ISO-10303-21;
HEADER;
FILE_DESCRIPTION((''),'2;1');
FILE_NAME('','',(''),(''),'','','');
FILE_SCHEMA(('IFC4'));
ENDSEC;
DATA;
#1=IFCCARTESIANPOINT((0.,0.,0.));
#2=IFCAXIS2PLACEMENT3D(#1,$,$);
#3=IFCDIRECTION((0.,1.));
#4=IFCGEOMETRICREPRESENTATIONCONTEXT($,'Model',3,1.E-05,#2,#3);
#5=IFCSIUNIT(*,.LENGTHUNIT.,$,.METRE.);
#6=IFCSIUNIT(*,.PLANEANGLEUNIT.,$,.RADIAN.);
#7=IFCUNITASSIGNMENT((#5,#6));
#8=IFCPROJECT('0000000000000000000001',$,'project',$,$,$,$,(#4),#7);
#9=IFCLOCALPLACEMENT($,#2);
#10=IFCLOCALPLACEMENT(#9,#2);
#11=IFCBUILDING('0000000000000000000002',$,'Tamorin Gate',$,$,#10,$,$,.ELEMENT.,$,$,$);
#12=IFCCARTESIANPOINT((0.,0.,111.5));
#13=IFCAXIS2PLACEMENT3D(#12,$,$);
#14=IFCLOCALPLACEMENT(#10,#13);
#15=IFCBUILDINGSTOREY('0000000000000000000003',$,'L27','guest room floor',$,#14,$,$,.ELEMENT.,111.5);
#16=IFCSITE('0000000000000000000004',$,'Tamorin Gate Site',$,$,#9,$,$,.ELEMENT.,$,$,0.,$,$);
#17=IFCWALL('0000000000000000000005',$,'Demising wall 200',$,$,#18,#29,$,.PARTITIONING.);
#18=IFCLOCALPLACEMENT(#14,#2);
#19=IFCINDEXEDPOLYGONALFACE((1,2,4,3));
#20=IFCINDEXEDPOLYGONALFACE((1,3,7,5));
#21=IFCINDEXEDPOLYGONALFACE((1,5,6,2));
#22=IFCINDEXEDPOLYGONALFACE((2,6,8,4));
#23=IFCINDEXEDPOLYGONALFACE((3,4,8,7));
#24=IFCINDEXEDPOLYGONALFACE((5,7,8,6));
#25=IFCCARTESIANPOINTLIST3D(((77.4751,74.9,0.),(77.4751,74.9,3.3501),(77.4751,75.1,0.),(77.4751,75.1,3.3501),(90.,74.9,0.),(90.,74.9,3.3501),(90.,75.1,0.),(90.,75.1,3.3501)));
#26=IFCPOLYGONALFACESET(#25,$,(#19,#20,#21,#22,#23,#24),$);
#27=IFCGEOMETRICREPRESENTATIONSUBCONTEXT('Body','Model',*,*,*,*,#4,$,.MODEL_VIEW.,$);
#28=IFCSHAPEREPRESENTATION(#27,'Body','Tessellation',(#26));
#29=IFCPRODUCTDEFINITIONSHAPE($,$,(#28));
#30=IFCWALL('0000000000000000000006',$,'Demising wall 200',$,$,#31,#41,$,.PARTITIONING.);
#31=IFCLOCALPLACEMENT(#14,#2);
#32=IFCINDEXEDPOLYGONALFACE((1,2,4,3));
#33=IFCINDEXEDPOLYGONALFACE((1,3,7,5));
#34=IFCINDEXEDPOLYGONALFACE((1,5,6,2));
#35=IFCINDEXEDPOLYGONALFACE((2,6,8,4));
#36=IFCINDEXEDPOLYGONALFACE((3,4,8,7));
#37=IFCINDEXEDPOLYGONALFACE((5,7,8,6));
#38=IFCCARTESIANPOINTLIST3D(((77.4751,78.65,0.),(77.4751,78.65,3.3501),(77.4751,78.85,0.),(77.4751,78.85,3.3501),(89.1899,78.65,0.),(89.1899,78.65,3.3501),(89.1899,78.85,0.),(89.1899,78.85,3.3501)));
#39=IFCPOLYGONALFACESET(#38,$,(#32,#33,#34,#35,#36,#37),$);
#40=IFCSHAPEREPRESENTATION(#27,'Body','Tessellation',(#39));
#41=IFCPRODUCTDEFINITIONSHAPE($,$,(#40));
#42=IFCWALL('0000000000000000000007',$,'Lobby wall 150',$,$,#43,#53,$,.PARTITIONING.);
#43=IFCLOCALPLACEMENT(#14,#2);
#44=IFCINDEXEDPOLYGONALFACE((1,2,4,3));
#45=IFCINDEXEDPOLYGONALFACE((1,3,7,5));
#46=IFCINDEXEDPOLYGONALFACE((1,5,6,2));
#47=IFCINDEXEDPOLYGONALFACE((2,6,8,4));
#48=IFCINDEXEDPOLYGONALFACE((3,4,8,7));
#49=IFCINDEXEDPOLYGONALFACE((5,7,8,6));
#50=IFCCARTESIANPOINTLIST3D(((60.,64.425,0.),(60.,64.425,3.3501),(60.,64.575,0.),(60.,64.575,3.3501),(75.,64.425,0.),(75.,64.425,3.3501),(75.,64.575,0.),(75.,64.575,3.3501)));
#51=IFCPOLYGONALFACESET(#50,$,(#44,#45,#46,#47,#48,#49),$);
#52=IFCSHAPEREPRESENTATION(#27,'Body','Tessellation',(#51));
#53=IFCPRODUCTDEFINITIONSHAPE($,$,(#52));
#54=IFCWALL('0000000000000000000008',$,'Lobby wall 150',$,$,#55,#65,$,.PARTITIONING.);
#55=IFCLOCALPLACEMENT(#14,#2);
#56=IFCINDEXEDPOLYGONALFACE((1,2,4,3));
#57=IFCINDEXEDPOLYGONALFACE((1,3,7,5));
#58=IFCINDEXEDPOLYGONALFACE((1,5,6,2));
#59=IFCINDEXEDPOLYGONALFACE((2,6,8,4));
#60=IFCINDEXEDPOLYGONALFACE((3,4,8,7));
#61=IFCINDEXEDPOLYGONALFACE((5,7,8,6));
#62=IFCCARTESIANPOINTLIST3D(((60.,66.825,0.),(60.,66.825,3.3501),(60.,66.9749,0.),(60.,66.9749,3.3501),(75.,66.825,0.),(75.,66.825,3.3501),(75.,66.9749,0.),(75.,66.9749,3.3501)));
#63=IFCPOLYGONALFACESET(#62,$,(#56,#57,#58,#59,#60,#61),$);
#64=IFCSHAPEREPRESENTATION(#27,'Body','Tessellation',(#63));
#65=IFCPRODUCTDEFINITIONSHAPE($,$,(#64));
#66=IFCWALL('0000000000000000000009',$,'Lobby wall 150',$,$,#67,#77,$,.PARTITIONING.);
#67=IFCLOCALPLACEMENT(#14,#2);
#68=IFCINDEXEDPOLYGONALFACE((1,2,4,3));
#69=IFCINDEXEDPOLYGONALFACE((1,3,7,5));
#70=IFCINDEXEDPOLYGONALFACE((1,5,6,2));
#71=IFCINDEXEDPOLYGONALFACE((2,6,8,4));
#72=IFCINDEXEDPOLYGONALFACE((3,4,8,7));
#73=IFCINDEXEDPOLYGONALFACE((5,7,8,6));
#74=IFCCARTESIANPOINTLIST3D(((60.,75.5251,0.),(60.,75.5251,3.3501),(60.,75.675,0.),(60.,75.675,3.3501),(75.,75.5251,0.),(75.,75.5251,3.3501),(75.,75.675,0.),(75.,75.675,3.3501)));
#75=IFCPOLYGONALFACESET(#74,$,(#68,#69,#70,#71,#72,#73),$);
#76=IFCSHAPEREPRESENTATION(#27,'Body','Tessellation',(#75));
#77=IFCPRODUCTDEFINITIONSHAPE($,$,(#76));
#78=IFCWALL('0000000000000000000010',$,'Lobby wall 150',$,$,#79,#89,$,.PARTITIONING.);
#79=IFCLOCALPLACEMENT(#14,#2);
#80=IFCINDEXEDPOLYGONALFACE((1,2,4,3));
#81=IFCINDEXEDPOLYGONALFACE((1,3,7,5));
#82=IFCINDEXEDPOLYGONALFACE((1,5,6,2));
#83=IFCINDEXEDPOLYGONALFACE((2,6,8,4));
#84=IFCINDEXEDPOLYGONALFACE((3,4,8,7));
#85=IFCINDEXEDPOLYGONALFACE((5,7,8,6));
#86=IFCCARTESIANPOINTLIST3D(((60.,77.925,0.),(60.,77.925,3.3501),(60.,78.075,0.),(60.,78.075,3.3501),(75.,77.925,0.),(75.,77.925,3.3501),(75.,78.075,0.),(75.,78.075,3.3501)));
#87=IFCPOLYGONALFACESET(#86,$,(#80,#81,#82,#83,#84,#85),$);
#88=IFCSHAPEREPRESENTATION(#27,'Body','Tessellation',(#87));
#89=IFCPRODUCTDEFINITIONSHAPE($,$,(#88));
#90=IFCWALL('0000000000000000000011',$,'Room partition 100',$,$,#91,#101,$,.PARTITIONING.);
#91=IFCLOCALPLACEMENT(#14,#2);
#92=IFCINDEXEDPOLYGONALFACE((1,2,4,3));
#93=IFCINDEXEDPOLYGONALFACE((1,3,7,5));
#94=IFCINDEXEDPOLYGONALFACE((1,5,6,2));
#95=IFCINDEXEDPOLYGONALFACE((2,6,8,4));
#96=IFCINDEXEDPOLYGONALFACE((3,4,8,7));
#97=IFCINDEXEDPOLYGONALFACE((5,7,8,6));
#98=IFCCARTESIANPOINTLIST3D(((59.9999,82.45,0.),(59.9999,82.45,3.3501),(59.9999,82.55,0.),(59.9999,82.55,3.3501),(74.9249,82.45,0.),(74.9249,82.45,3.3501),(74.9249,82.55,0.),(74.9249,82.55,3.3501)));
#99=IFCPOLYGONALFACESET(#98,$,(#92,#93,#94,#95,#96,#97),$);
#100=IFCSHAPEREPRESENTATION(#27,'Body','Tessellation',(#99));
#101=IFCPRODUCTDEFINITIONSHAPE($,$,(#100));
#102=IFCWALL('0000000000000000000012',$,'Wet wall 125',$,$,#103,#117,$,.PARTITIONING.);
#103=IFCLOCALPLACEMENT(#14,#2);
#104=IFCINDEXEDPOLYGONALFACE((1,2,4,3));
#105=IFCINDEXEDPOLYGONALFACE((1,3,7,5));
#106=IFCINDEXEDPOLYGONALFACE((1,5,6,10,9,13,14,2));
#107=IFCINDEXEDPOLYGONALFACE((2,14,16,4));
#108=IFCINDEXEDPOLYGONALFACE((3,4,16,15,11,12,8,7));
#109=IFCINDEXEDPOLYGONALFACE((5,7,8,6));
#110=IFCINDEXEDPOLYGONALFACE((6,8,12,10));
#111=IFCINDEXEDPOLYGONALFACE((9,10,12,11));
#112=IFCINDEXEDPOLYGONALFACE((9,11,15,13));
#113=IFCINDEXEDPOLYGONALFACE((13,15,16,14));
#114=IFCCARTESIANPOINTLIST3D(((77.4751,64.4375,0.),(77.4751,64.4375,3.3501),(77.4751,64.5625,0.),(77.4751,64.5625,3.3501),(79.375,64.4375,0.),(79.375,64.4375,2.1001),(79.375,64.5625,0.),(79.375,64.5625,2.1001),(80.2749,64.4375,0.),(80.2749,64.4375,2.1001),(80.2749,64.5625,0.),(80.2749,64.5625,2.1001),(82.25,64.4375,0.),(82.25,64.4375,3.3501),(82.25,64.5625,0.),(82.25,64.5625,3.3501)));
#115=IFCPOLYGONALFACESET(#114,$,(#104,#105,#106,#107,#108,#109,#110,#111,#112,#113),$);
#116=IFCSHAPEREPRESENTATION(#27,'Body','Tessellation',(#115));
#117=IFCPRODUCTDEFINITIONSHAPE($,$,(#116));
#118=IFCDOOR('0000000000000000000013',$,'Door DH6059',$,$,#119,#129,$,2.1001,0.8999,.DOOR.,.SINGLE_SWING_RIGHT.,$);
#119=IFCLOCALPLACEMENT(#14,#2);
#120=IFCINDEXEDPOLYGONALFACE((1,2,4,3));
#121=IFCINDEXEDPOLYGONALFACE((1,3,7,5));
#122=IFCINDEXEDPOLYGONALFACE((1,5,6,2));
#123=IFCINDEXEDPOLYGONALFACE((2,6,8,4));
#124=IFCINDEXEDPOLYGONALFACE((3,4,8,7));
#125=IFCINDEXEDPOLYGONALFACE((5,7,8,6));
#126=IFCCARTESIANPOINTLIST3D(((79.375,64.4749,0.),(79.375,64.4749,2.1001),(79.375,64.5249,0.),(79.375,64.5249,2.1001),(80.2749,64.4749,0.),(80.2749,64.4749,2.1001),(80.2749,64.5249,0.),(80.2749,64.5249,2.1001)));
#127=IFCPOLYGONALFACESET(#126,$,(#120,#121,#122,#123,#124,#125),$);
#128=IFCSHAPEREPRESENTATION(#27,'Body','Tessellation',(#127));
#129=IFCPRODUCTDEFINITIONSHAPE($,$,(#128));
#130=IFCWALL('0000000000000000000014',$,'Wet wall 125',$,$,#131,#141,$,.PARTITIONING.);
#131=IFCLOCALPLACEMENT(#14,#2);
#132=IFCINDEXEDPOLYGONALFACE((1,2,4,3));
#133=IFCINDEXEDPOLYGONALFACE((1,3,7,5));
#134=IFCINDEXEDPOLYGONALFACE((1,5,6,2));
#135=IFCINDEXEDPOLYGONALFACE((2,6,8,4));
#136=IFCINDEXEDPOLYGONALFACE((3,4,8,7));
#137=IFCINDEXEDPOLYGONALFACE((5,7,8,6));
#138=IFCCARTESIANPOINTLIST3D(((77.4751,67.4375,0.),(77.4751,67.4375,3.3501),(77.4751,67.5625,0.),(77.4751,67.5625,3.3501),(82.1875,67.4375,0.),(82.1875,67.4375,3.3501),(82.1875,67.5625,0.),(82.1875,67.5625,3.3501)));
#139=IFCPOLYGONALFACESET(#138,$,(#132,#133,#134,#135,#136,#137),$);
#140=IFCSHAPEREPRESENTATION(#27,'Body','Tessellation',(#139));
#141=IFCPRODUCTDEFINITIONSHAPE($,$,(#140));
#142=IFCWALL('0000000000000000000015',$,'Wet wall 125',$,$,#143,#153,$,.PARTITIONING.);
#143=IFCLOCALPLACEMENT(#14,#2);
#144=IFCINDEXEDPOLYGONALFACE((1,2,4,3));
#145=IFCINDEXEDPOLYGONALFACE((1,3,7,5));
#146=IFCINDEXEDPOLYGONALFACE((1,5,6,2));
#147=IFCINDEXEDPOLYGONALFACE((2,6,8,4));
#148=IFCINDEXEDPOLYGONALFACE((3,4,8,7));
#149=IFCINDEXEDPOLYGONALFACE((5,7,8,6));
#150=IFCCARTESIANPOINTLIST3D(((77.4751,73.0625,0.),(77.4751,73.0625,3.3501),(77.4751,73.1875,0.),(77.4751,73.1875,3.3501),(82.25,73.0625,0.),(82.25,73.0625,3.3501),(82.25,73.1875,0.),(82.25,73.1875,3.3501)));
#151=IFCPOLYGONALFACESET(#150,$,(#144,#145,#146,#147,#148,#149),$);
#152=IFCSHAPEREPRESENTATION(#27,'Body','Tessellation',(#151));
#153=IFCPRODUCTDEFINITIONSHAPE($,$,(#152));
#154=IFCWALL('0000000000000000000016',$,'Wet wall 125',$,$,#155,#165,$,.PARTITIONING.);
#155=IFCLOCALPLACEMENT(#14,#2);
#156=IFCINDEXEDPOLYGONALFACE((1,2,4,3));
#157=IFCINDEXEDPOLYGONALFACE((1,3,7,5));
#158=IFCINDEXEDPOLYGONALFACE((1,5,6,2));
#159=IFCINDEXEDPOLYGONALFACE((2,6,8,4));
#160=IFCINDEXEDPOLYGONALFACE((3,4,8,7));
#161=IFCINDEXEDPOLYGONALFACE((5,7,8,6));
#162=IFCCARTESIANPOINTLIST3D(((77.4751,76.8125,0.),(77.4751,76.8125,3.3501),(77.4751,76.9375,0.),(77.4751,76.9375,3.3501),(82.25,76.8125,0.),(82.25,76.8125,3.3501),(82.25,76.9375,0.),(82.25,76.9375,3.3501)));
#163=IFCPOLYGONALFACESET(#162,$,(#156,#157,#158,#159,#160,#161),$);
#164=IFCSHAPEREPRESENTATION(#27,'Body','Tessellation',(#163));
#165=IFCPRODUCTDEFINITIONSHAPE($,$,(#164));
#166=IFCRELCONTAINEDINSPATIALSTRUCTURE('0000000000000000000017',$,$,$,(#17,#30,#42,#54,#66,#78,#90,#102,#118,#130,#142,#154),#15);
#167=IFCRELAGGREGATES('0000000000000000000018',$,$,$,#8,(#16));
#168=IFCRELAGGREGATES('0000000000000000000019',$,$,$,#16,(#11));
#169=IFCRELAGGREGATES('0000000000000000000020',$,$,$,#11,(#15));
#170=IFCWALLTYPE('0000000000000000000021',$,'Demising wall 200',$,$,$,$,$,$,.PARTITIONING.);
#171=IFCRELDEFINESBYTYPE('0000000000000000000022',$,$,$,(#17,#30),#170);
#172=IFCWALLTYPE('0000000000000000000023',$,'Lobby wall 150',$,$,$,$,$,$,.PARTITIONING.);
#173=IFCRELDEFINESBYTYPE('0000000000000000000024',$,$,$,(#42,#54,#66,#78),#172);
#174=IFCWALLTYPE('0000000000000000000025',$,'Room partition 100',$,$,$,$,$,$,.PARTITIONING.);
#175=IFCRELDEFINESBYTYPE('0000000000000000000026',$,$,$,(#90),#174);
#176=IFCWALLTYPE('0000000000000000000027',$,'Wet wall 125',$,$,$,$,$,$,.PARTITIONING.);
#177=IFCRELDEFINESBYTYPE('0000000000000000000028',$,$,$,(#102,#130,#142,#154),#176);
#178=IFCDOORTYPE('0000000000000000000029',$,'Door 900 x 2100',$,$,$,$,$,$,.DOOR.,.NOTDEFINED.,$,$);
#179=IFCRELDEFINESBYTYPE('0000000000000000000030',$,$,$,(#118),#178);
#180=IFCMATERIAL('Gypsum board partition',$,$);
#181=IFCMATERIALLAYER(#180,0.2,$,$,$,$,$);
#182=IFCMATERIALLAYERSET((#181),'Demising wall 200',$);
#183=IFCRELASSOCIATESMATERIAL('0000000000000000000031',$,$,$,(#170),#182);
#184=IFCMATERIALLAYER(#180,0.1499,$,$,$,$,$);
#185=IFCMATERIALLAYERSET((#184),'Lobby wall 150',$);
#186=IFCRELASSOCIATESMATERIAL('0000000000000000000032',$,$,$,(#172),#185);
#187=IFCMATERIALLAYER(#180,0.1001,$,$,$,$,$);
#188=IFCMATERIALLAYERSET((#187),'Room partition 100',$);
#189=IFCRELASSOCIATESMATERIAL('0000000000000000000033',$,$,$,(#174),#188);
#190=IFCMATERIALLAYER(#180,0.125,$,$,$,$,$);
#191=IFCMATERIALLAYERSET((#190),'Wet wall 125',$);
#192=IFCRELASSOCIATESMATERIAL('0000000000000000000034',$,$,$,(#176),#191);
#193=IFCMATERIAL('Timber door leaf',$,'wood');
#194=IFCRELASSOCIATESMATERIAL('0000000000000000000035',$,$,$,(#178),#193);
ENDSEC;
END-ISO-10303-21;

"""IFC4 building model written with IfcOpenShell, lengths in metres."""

from ifc_helpers import new_model, si_unit, direction, frame, frame_2d, origin, place, context, subcontext, project, spatial, rectangle, extrude, material, layer, layer_set, type_object, element, fill, save


model = new_model("IFC4")

# Units and contexts
model_context = context("Model", 3, precision=1e-05, world=origin(), true_north=direction((0.0, 1.0)))
body_context = subcontext(model_context, "Body", "Model", "MODEL_VIEW")
ifc_project = project(units=[si_unit("LENGTHUNIT", "METRE"), si_unit("PLANEANGLEUNIT", "RADIAN")], contexts=[model_context])

# Site, building, storey
site_placement = place(None, origin())
site = spatial("IfcSite", under=ifc_project, at=site_placement, Name="Tamorin Gate Site", CompositionType="ELEMENT", RefElevation=0.0)
building_placement = place(site_placement, origin())
building = spatial("IfcBuilding", under=site, at=building_placement, Name="Tamorin Gate", CompositionType="ELEMENT")
storey_placement = place(building_placement, frame((0.0, 0.0, 111.5)))
storey = spatial("IfcBuildingStorey", under=building, at=storey_placement, Name="L27", Description="guest room floor", CompositionType="ELEMENT", Elevation=111.5)

# Shared definitions
ifc_material_1 = material(Name="Gypsum board partition")
ifc_material_2 = material(Name="Timber door leaf", Category="wood")

# Walls
ifc_layer_1 = layer(ifc_material_1, 0.2)
ifc_layer_set_1 = layer_set([ifc_layer_1], Name="Demising wall 200")
wall_type_1 = type_object("IfcWallType", Name="Demising wall 200", PredefinedType="PARTITIONING", material=ifc_layer_set_1)
wall_1_placement = place(storey_placement, frame((77.4751, 75.0, 0.0), z_axis=(0.0, 0.0, 1.0), x_axis=(1.0, 0.0, 0.0)))
element("IfcWall", 1, at=wall_1_placement, inside=storey, type_object=wall_type_1, Name="Demising wall 200", PredefinedType="PARTITIONING", context=body_context, shape_type="SweptSolid", body=[
    extrude(rectangle(XDim=12.5249, YDim=0.2, at=frame_2d((6.2625, 0.0))), origin(), (0.0, 0.0, 1.0), 3.3501),
])
wall_2_placement = place(storey_placement, frame((77.4751, 78.75, 0.0), z_axis=(0.0, 0.0, 1.0), x_axis=(1.0, 0.0, 0.0)))
element("IfcWall", 2, at=wall_2_placement, inside=storey, type_object=wall_type_1, Name="Demising wall 200", PredefinedType="PARTITIONING", context=body_context, shape_type="SweptSolid", body=[
    extrude(rectangle(XDim=11.7148, YDim=0.2, at=frame_2d((5.8574, 0.0))), origin(), (0.0, 0.0, 1.0), 3.3501),
])
ifc_layer_2 = layer(ifc_material_1, 0.1499)
ifc_layer_set_2 = layer_set([ifc_layer_2], Name="Lobby wall 150")
wall_type_2 = type_object("IfcWallType", Name="Lobby wall 150", PredefinedType="PARTITIONING", material=ifc_layer_set_2)
for number, where, z_axis, x_axis, name in (
    (3, (60.0, 64.5, 0.0), (0.0, 0.0, 1.0), (1.0, 0.0, 0.0), "Lobby wall 150"),
    (4, (60.0, 66.8999, 0.0), (0.0, 0.0, 1.0), (1.0, 0.0, 0.0), "Lobby wall 150"),
    (5, (60.0, 75.6001, 0.0), (0.0, 0.0, 1.0), (1.0, 0.0, 0.0), "Lobby wall 150"),
    (6, (60.0, 78.0, 0.0), (0.0, 0.0, 1.0), (1.0, 0.0, 0.0), "Lobby wall 150"),
):
    element("IfcWall", number, at=place(storey_placement, frame(where, z_axis=z_axis, x_axis=x_axis)), inside=storey, type_object=wall_type_2, Name=name, PredefinedType="PARTITIONING", context=body_context, shape_type="SweptSolid", body=[
        extrude(rectangle(XDim=15.0, YDim=0.1499, at=frame_2d((7.5, 0.0))), origin(), (0.0, 0.0, 1.0), 3.3501),
    ])
ifc_layer_3 = layer(ifc_material_1, 0.1001)
ifc_layer_set_3 = layer_set([ifc_layer_3], Name="Room partition 100")
wall_type_3 = type_object("IfcWallType", Name="Room partition 100", PredefinedType="PARTITIONING", material=ifc_layer_set_3)
wall_3_placement = place(storey_placement, frame((60.0, 82.5, 0.0), z_axis=(0.0, 0.0, 1.0), x_axis=(1.0, 0.0, 0.0)))
element("IfcWall", 7, at=wall_3_placement, inside=storey, type_object=wall_type_3, Name="Room partition 100", PredefinedType="PARTITIONING", context=body_context, shape_type="SweptSolid", body=[
    extrude(rectangle(XDim=14.925, YDim=0.1001, at=frame_2d((7.4624, 0.0))), origin(), (0.0, 0.0, 1.0), 3.3501),
])

# Wall, opening, door
ifc_layer_4 = layer(ifc_material_1, 0.125)
ifc_layer_set_4 = layer_set([ifc_layer_4], Name="Wet wall 125")
wall_type_4 = type_object("IfcWallType", Name="Wet wall 125", PredefinedType="PARTITIONING", material=ifc_layer_set_4)
wall_4_placement = place(storey_placement, frame((77.4751, 64.5, 0.0), z_axis=(0.0, 0.0, 1.0), x_axis=(1.0, 0.0, 0.0)))
wall_4 = element("IfcWall", 8, at=wall_4_placement, inside=storey, type_object=wall_type_4, Name="Wet wall 125", PredefinedType="PARTITIONING", context=body_context, shape_type="SweptSolid", body=[
    extrude(rectangle(XDim=4.7749, YDim=0.125, at=frame_2d((2.3875, 0.0))), origin(), (0.0, 0.0, 1.0), 3.3501),
])
opening_1_placement = place(wall_4_placement, frame((1.8999, 0.0, 0.0)))
opening_1 = element("IfcOpeningElement", 9, at=opening_1_placement, cuts=wall_4, PredefinedType="OPENING", context=body_context, shape_type="SweptSolid", body=[
    extrude(rectangle(XDim=0.8999, YDim=2.1001, at=frame_2d((0.45, 1.05))), frame((0.0, 0.0725, 0.0), z_axis=(0.0, -1.0, 0.0), x_axis=(1.0, 0.0, 0.0)), (0.0, 0.0, 1.0), 0.145),
])
door_type_1 = type_object("IfcDoorType", Name="Door 900 x 2100", OperationType="NOTDEFINED", PredefinedType="DOOR", material=ifc_material_2)
door_1_placement = place(opening_1_placement, origin())
door_1 = element("IfcDoor", 10, at=door_1_placement, inside=storey, type_object=door_type_1, Name="Door DH6059", OperationType="SINGLE_SWING_RIGHT", OverallHeight=2.1001, OverallWidth=0.8999, PredefinedType="DOOR", context=body_context, shape_type="SweptSolid", body=[
    extrude(rectangle(XDim=0.8999, YDim=2.1001, at=frame_2d((0.45, 1.05))), frame((0.0, 0.0249, 0.0), z_axis=(0.0, -1.0, 0.0), x_axis=(1.0, 0.0, 0.0)), (0.0, 0.0, 1.0), 0.05),
])
fill(opening_1, door_1)

# Walls
wall_5_placement = place(storey_placement, frame((77.4751, 67.5, 0.0), z_axis=(0.0, 0.0, 1.0), x_axis=(1.0, 0.0, 0.0)))
element("IfcWall", 11, at=wall_5_placement, inside=storey, type_object=wall_type_4, Name="Wet wall 125", PredefinedType="PARTITIONING", context=body_context, shape_type="SweptSolid", body=[
    extrude(rectangle(XDim=4.7124, YDim=0.125, at=frame_2d((2.3562, 0.0))), origin(), (0.0, 0.0, 1.0), 3.3501),
])
for number, where, z_axis, x_axis, name in (
    (12, (77.4751, 73.125, 0.0), (0.0, 0.0, 1.0), (1.0, 0.0, 0.0), "Wet wall 125"),
    (13, (77.4751, 76.875, 0.0), (0.0, 0.0, 1.0), (1.0, 0.0, 0.0), "Wet wall 125"),
):
    element("IfcWall", number, at=place(storey_placement, frame(where, z_axis=z_axis, x_axis=x_axis)), inside=storey, type_object=wall_type_4, Name=name, PredefinedType="PARTITIONING", context=body_context, shape_type="SweptSolid", body=[
        extrude(rectangle(XDim=4.7749, YDim=0.125, at=frame_2d((2.3875, 0.0))), origin(), (0.0, 0.0, 1.0), 3.3501),
    ])

save(model, "model.ifc")
